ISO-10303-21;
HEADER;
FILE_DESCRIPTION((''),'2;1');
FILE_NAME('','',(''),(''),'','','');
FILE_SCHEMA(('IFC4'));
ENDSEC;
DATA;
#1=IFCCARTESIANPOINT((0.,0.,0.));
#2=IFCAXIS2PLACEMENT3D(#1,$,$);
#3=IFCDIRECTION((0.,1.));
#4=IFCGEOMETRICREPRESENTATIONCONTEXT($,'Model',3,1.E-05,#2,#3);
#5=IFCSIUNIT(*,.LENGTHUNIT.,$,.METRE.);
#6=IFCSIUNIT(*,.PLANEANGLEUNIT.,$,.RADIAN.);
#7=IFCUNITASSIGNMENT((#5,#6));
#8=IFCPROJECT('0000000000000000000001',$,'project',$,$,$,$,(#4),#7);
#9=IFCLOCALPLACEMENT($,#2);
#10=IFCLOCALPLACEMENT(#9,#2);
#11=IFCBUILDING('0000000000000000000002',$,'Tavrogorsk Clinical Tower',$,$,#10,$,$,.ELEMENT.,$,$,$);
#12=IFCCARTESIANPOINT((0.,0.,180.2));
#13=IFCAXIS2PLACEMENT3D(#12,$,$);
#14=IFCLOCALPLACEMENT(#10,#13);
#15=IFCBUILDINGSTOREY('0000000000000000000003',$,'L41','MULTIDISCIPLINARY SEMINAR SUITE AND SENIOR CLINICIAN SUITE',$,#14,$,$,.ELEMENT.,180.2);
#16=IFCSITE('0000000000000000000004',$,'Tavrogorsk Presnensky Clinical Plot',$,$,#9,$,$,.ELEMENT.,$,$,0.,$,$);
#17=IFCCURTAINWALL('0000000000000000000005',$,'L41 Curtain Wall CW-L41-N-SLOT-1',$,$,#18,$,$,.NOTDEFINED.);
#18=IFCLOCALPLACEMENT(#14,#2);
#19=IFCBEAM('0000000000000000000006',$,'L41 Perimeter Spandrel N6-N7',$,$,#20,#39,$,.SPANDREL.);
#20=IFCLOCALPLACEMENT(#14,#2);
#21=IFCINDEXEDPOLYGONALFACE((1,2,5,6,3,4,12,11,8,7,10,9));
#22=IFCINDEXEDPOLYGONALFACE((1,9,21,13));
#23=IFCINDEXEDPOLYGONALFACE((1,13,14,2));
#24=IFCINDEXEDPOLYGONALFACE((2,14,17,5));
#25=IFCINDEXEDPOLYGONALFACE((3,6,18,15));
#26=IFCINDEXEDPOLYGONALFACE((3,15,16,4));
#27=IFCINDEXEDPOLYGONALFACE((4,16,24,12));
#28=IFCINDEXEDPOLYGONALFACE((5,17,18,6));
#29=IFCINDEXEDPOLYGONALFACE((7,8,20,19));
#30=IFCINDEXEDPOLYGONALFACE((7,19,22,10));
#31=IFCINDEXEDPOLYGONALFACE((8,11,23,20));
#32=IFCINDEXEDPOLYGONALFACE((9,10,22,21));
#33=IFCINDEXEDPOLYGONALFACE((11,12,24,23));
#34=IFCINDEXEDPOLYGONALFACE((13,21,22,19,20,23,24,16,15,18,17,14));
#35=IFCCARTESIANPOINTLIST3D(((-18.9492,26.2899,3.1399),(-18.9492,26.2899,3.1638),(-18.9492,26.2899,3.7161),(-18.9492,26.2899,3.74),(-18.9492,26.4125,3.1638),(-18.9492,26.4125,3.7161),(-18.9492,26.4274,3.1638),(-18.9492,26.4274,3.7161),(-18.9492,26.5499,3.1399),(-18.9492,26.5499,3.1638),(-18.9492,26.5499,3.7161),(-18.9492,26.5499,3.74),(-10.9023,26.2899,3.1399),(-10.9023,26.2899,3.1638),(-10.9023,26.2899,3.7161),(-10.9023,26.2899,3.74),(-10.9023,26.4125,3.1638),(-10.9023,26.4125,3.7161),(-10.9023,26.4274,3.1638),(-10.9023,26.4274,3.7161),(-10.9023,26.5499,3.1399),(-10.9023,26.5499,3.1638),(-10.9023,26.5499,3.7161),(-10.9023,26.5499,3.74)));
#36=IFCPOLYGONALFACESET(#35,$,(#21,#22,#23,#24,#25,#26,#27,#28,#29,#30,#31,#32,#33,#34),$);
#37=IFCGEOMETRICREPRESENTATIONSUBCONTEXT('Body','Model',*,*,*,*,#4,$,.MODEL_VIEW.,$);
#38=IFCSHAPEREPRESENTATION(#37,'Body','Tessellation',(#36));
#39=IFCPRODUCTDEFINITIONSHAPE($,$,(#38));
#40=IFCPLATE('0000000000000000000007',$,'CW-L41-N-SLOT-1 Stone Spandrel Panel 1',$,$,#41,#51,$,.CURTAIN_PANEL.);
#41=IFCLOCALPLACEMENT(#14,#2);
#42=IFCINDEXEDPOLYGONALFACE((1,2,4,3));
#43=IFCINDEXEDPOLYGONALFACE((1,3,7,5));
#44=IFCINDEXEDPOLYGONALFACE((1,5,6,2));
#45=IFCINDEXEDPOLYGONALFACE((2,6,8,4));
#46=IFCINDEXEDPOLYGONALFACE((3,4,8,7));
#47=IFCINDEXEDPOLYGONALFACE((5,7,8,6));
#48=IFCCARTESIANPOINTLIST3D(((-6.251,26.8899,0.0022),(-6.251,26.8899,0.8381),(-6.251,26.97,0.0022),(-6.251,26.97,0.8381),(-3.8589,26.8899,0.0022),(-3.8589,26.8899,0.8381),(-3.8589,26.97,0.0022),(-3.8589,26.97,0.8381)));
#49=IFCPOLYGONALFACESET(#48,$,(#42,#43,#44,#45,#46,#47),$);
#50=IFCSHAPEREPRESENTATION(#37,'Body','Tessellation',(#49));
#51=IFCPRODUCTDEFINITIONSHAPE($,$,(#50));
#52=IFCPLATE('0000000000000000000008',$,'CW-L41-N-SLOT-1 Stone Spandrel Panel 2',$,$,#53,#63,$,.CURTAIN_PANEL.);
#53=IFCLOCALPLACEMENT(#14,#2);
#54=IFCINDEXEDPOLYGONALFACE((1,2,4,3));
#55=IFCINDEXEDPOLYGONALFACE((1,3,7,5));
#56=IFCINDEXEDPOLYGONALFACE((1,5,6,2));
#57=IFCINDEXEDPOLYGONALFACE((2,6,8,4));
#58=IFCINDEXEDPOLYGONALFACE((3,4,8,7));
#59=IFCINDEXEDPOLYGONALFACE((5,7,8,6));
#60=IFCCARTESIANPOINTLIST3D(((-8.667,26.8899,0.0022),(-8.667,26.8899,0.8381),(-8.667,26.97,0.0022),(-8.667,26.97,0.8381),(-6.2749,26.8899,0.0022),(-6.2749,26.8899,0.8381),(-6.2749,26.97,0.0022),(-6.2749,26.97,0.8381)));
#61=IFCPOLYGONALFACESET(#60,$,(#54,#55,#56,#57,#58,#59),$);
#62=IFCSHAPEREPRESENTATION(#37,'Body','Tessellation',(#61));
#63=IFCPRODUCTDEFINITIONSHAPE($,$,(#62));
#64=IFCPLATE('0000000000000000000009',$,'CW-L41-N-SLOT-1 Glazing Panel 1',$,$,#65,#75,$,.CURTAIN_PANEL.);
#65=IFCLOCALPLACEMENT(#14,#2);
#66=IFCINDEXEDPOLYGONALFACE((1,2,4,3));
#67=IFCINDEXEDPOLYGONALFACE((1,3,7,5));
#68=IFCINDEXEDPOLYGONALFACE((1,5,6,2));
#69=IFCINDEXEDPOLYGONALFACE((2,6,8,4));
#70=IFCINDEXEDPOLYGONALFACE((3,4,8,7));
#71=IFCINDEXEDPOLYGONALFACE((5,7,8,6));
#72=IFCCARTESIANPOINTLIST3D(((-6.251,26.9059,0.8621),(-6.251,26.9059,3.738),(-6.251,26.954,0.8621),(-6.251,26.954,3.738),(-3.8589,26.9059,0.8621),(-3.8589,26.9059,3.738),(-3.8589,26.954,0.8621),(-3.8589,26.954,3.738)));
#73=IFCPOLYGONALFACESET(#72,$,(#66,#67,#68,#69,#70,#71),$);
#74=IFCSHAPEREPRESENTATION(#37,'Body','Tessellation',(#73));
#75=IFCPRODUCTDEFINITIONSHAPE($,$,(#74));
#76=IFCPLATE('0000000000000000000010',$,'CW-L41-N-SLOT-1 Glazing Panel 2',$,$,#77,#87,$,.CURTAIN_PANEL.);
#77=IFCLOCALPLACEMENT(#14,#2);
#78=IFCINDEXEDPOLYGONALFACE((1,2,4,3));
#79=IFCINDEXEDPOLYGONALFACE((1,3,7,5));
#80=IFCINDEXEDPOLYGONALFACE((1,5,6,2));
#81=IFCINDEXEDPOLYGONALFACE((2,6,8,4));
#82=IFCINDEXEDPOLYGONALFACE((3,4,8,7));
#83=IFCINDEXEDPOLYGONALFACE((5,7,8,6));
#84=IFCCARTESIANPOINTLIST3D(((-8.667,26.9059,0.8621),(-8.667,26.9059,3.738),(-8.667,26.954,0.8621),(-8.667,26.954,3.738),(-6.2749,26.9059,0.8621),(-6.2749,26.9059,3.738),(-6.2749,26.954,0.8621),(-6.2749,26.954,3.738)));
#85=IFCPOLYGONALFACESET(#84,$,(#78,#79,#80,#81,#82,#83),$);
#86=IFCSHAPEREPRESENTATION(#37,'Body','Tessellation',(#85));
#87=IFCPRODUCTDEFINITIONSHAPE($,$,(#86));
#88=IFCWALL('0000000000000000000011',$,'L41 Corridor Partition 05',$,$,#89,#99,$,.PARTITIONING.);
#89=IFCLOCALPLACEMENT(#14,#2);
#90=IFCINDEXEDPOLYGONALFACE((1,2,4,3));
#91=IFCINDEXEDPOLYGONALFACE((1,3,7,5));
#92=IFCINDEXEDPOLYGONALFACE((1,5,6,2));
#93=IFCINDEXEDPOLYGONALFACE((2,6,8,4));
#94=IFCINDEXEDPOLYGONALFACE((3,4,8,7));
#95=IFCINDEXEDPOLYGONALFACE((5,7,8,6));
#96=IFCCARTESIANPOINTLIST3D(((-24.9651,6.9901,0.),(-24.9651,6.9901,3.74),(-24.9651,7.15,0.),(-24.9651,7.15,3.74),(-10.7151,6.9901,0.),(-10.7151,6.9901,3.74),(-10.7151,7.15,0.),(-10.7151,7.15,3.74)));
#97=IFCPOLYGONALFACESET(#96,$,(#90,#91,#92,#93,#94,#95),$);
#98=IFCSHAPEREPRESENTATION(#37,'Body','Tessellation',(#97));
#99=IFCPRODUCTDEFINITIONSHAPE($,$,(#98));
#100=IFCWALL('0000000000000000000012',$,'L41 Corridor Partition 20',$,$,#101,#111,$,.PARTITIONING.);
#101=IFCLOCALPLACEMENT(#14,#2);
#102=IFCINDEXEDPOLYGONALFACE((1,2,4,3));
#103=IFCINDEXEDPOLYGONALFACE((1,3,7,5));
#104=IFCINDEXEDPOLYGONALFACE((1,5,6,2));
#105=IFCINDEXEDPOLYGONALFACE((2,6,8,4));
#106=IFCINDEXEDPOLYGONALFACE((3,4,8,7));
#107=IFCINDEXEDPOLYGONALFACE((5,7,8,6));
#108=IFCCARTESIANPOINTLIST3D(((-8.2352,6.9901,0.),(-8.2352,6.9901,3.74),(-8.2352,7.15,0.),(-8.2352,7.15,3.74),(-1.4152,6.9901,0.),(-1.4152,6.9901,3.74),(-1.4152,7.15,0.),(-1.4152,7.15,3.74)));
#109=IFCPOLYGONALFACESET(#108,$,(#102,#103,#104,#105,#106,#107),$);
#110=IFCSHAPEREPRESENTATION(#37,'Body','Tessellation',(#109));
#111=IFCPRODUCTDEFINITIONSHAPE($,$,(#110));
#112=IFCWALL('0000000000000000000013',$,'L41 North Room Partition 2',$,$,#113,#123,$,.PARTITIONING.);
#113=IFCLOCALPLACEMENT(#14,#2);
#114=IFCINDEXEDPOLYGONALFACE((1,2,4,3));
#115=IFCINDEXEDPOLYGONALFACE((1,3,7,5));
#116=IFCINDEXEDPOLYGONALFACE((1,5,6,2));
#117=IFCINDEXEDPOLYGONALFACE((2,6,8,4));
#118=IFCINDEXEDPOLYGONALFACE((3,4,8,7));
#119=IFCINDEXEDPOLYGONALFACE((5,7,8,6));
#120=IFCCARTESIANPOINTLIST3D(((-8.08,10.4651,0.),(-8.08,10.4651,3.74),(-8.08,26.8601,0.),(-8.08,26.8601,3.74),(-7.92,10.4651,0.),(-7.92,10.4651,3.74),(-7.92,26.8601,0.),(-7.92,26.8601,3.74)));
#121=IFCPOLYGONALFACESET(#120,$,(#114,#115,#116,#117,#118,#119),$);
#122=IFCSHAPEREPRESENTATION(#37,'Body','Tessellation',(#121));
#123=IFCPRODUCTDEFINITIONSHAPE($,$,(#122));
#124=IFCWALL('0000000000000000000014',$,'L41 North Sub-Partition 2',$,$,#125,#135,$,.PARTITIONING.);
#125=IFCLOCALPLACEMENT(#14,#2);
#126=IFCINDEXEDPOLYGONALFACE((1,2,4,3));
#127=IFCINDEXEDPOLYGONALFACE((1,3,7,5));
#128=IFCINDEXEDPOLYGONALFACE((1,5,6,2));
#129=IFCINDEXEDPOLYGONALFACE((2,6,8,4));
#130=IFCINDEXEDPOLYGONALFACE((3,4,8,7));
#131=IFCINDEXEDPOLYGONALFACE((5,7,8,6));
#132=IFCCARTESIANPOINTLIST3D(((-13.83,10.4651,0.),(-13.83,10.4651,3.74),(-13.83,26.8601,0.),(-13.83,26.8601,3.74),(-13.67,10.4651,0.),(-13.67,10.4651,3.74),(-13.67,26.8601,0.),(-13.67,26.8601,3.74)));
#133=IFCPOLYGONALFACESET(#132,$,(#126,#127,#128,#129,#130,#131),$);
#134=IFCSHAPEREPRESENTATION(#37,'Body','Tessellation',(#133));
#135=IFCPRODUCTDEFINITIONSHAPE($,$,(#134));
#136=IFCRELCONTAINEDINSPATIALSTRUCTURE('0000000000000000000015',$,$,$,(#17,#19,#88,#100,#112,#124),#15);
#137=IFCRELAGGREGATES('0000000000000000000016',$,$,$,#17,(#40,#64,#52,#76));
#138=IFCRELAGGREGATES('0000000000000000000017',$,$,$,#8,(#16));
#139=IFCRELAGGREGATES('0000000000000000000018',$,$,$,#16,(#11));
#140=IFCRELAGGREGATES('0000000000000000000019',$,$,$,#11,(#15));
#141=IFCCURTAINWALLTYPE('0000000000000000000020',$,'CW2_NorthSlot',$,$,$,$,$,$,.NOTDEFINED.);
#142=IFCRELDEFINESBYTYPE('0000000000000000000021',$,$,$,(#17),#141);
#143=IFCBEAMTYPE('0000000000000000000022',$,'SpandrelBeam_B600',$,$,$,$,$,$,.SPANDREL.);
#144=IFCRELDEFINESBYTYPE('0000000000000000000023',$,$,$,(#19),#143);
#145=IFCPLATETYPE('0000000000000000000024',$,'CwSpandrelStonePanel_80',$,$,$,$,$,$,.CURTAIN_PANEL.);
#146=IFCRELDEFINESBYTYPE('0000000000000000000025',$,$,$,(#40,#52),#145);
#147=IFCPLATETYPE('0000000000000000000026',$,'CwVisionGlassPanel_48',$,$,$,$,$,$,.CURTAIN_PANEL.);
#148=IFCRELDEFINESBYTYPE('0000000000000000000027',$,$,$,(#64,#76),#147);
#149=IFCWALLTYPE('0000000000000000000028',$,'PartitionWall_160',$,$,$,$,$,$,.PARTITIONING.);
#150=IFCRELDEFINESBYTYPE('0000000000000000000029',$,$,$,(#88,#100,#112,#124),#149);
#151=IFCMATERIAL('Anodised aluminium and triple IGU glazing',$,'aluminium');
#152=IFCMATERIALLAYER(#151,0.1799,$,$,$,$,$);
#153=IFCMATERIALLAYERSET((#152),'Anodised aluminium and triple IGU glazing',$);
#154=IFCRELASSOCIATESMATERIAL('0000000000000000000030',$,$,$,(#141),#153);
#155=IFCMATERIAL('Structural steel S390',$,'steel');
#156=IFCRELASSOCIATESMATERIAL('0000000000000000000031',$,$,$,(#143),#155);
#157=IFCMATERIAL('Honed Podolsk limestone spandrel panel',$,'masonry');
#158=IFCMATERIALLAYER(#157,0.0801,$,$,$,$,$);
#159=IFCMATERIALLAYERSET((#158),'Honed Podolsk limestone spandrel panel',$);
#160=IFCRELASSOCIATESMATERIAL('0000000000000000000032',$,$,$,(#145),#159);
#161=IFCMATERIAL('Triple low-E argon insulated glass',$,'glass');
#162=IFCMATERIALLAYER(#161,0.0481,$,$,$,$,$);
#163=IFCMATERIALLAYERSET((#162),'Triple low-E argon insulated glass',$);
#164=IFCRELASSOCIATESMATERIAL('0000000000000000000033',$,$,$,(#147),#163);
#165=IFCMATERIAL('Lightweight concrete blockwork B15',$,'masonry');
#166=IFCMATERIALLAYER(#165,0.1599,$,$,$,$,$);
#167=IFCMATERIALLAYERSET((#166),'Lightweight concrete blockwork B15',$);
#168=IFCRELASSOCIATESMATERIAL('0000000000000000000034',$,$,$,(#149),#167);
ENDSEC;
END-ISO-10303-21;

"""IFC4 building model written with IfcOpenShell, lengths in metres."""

from ifc_helpers import new_model, si_unit, direction, frame, frame_2d, origin, origin_2d, place, context, subcontext, project, spatial, rectangle, i_section, extrude, material, layer, layer_set, material_profile, profile_set, type_object, element, aggregate, save


model = new_model("IFC4")

# Units and contexts
model_context = context("Model", 3, precision=1e-05, world=origin(), true_north=direction((0.0, 1.0)))
body_context = subcontext(model_context, "Body", "Model", "MODEL_VIEW")
ifc_project = project(units=[si_unit("LENGTHUNIT", "METRE"), si_unit("PLANEANGLEUNIT", "RADIAN")], contexts=[model_context])

# Site, building, storey
site_placement = place(None, origin())
site = spatial("IfcSite", under=ifc_project, at=site_placement, Name="Tavrogorsk Presnensky Clinical Plot", CompositionType="ELEMENT", RefElevation=0.0)
building_placement = place(site_placement, origin())
building = spatial("IfcBuilding", under=site, at=building_placement, Name="Tavrogorsk Clinical Tower", CompositionType="ELEMENT")
storey_placement = place(building_placement, frame((0.0, 0.0, 180.2)))
storey = spatial("IfcBuildingStorey", under=building, at=storey_placement, Name="L41", Description="MULTIDISCIPLINARY SEMINAR SUITE AND SENIOR CLINICIAN SUITE", CompositionType="ELEMENT", Elevation=180.2)

# Curtain wall
ifc_material_1 = material(Name="Anodised aluminium and triple IGU glazing", Category="aluminium")
ifc_layer_1 = layer(ifc_material_1, 0.1799)
ifc_layer_set_1 = layer_set([ifc_layer_1], Name="Anodised aluminium and triple IGU glazing")
curtain_wall_type = type_object("IfcCurtainWallType", Name="CW2_NorthSlot", PredefinedType="NOTDEFINED", material=ifc_layer_set_1)
curtain_wall_placement = place(storey_placement, origin())
curtain_wall = element("IfcCurtainWall", 1, at=curtain_wall_placement, inside=storey, type_object=curtain_wall_type, Name="L41 Curtain Wall CW-L41-N-SLOT-1", PredefinedType="NOTDEFINED")

# Beam
ifc_material_2 = material(Name="Structural steel S390", Category="steel")
ifc_material_profile_1 = material_profile(ifc_material_2, i_section(OverallWidth=0.26, OverallDepth=0.6001, WebThickness=0.0149, FlangeThickness=0.0239, at=origin_2d()), Name="B-600x260x15x24")
ifc_profile_set_1 = profile_set([ifc_material_profile_1], Name="Structural steel S390")
beam_type = type_object("IfcBeamType", Name="SpandrelBeam_B600", PredefinedType="SPANDREL", material=ifc_profile_set_1)
for number, where, z_axis, x_axis, name in (
    (2, (-10.9023, 26.4199, 3.4399), (-1.0, 0.0, 0.0), (0.0, -1.0, 0.0), "L41 Perimeter Spandrel N6-N7"),
):
    element("IfcBeam", number, at=place(storey_placement, frame(where, z_axis=z_axis, x_axis=x_axis)), inside=storey, type_object=beam_type, Name=name, PredefinedType="SPANDREL", context=body_context, shape_type="SweptSolid", body=[
        extrude(i_section(OverallWidth=0.26, OverallDepth=0.6001, WebThickness=0.0149, FlangeThickness=0.0239, at=origin_2d()), origin(), (0.0, 0.0, 1.0), 8.0469),
    ])

# Plates
ifc_material_3 = material(Name="Honed Podolsk limestone spandrel panel", Category="masonry")
ifc_layer_2 = layer(ifc_material_3, 0.0801)
ifc_layer_set_2 = layer_set([ifc_layer_2], Name="Honed Podolsk limestone spandrel panel")
plate_type_1 = type_object("IfcPlateType", Name="CwSpandrelStonePanel_80", PredefinedType="CURTAIN_PANEL", material=ifc_layer_set_2)
plate_1_placement = place(storey_placement, frame((-5.0549, 26.9299, 0.0022), z_axis=(0.0, 0.0, 1.0), x_axis=(-1.0, 0.0, 0.0)))
plate_1 = element("IfcPlate", 3, at=plate_1_placement, type_object=plate_type_1, Name="CW-L41-N-SLOT-1 Stone Spandrel Panel 1", PredefinedType="CURTAIN_PANEL", context=body_context, shape_type="SweptSolid", body=[
    extrude(rectangle(XDim=2.3921, YDim=0.0801, at=origin_2d()), origin(), (0.0, 0.0, 1.0), 0.8359),
])
plate_2_placement = place(storey_placement, frame((-7.4709, 26.9299, 0.0022), z_axis=(0.0, 0.0, 1.0), x_axis=(-1.0, 0.0, 0.0)))
plate_2 = element("IfcPlate", 4, at=plate_2_placement, type_object=plate_type_1, Name="CW-L41-N-SLOT-1 Stone Spandrel Panel 2", PredefinedType="CURTAIN_PANEL", context=body_context, shape_type="SweptSolid", body=[
    extrude(rectangle(XDim=2.3921, YDim=0.0801, at=origin_2d()), origin(), (0.0, 0.0, 1.0), 0.8359),
])
ifc_material_4 = material(Name="Triple low-E argon insulated glass", Category="glass")
ifc_layer_3 = layer(ifc_material_4, 0.0481)
ifc_layer_set_3 = layer_set([ifc_layer_3], Name="Triple low-E argon insulated glass")
plate_type_2 = type_object("IfcPlateType", Name="CwVisionGlassPanel_48", PredefinedType="CURTAIN_PANEL", material=ifc_layer_set_3)
plate_3_placement = place(storey_placement, frame((-5.0549, 26.9299, 0.8621), z_axis=(0.0, 0.0, 1.0), x_axis=(-1.0, 0.0, 0.0)))
plate_3 = element("IfcPlate", 5, at=plate_3_placement, type_object=plate_type_2, Name="CW-L41-N-SLOT-1 Glazing Panel 1", PredefinedType="CURTAIN_PANEL", context=body_context, shape_type="SweptSolid", body=[
    extrude(rectangle(XDim=2.3921, YDim=0.0481, at=origin_2d()), origin(), (0.0, 0.0, 1.0), 2.876),
])
plate_4_placement = place(storey_placement, frame((-7.4709, 26.9299, 0.8621), z_axis=(0.0, 0.0, 1.0), x_axis=(-1.0, 0.0, 0.0)))
plate_4 = element("IfcPlate", 6, at=plate_4_placement, type_object=plate_type_2, Name="CW-L41-N-SLOT-1 Glazing Panel 2", PredefinedType="CURTAIN_PANEL", context=body_context, shape_type="SweptSolid", body=[
    extrude(rectangle(XDim=2.3921, YDim=0.0481, at=origin_2d()), origin(), (0.0, 0.0, 1.0), 2.876),
])
aggregate(curtain_wall, [plate_1, plate_3, plate_2, plate_4])

# Walls
ifc_material_5 = material(Name="Lightweight concrete blockwork B15", Category="masonry")
ifc_layer_4 = layer(ifc_material_5, 0.1599)
ifc_layer_set_4 = layer_set([ifc_layer_4], Name="Lightweight concrete blockwork B15")
wall_type_1 = type_object("IfcWallType", Name="PartitionWall_160", PredefinedType="PARTITIONING", material=ifc_layer_set_4)
wall_1_placement = place(storey_placement, frame((-10.7151, 7.0701, 0.0), z_axis=(0.0, 0.0, 1.0), x_axis=(-1.0, 0.0, 0.0)))
element("IfcWall", 7, at=wall_1_placement, inside=storey, type_object=wall_type_1, Name="L41 Corridor Partition 05", PredefinedType="PARTITIONING", context=body_context, shape_type="SweptSolid", body=[
    extrude(rectangle(XDim=14.25, YDim=0.1599, at=frame_2d((7.125, 0.0))), origin(), (0.0, 0.0, 1.0), 3.74),
])
wall_2_placement = place(storey_placement, frame((-1.415, 7.0701, 0.0), z_axis=(0.0, 0.0, 1.0), x_axis=(-1.0, 0.0, 0.0)))
element("IfcWall", 8, at=wall_2_placement, inside=storey, type_object=wall_type_1, Name="L41 Corridor Partition 20", PredefinedType="PARTITIONING", context=body_context, shape_type="SweptSolid", body=[
    extrude(rectangle(XDim=6.8201, YDim=0.1599, at=frame_2d((3.4102, 0.0))), origin(), (0.0, 0.0, 1.0), 3.74),
])
for number, where, z_axis, x_axis, name in (
    (9, (-8.0, 10.4651, 0.0), (0.0, 0.0, 1.0), (0.0, 1.0, 0.0), "L41 North Room Partition 2"),
    (10, (-13.75, 10.4651, 0.0), (0.0, 0.0, 1.0), (0.0, 1.0, 0.0), "L41 North Sub-Partition 2"),
):
    element("IfcWall", number, at=place(storey_placement, frame(where, z_axis=z_axis, x_axis=x_axis)), inside=storey, type_object=wall_type_1, Name=name, PredefinedType="PARTITIONING", context=body_context, shape_type="SweptSolid", body=[
        extrude(rectangle(XDim=16.395, YDim=0.1599, at=frame_2d((8.1975, 0.0))), origin(), (0.0, 0.0, 1.0), 3.74),
    ])

save(model, "model.ifc")
